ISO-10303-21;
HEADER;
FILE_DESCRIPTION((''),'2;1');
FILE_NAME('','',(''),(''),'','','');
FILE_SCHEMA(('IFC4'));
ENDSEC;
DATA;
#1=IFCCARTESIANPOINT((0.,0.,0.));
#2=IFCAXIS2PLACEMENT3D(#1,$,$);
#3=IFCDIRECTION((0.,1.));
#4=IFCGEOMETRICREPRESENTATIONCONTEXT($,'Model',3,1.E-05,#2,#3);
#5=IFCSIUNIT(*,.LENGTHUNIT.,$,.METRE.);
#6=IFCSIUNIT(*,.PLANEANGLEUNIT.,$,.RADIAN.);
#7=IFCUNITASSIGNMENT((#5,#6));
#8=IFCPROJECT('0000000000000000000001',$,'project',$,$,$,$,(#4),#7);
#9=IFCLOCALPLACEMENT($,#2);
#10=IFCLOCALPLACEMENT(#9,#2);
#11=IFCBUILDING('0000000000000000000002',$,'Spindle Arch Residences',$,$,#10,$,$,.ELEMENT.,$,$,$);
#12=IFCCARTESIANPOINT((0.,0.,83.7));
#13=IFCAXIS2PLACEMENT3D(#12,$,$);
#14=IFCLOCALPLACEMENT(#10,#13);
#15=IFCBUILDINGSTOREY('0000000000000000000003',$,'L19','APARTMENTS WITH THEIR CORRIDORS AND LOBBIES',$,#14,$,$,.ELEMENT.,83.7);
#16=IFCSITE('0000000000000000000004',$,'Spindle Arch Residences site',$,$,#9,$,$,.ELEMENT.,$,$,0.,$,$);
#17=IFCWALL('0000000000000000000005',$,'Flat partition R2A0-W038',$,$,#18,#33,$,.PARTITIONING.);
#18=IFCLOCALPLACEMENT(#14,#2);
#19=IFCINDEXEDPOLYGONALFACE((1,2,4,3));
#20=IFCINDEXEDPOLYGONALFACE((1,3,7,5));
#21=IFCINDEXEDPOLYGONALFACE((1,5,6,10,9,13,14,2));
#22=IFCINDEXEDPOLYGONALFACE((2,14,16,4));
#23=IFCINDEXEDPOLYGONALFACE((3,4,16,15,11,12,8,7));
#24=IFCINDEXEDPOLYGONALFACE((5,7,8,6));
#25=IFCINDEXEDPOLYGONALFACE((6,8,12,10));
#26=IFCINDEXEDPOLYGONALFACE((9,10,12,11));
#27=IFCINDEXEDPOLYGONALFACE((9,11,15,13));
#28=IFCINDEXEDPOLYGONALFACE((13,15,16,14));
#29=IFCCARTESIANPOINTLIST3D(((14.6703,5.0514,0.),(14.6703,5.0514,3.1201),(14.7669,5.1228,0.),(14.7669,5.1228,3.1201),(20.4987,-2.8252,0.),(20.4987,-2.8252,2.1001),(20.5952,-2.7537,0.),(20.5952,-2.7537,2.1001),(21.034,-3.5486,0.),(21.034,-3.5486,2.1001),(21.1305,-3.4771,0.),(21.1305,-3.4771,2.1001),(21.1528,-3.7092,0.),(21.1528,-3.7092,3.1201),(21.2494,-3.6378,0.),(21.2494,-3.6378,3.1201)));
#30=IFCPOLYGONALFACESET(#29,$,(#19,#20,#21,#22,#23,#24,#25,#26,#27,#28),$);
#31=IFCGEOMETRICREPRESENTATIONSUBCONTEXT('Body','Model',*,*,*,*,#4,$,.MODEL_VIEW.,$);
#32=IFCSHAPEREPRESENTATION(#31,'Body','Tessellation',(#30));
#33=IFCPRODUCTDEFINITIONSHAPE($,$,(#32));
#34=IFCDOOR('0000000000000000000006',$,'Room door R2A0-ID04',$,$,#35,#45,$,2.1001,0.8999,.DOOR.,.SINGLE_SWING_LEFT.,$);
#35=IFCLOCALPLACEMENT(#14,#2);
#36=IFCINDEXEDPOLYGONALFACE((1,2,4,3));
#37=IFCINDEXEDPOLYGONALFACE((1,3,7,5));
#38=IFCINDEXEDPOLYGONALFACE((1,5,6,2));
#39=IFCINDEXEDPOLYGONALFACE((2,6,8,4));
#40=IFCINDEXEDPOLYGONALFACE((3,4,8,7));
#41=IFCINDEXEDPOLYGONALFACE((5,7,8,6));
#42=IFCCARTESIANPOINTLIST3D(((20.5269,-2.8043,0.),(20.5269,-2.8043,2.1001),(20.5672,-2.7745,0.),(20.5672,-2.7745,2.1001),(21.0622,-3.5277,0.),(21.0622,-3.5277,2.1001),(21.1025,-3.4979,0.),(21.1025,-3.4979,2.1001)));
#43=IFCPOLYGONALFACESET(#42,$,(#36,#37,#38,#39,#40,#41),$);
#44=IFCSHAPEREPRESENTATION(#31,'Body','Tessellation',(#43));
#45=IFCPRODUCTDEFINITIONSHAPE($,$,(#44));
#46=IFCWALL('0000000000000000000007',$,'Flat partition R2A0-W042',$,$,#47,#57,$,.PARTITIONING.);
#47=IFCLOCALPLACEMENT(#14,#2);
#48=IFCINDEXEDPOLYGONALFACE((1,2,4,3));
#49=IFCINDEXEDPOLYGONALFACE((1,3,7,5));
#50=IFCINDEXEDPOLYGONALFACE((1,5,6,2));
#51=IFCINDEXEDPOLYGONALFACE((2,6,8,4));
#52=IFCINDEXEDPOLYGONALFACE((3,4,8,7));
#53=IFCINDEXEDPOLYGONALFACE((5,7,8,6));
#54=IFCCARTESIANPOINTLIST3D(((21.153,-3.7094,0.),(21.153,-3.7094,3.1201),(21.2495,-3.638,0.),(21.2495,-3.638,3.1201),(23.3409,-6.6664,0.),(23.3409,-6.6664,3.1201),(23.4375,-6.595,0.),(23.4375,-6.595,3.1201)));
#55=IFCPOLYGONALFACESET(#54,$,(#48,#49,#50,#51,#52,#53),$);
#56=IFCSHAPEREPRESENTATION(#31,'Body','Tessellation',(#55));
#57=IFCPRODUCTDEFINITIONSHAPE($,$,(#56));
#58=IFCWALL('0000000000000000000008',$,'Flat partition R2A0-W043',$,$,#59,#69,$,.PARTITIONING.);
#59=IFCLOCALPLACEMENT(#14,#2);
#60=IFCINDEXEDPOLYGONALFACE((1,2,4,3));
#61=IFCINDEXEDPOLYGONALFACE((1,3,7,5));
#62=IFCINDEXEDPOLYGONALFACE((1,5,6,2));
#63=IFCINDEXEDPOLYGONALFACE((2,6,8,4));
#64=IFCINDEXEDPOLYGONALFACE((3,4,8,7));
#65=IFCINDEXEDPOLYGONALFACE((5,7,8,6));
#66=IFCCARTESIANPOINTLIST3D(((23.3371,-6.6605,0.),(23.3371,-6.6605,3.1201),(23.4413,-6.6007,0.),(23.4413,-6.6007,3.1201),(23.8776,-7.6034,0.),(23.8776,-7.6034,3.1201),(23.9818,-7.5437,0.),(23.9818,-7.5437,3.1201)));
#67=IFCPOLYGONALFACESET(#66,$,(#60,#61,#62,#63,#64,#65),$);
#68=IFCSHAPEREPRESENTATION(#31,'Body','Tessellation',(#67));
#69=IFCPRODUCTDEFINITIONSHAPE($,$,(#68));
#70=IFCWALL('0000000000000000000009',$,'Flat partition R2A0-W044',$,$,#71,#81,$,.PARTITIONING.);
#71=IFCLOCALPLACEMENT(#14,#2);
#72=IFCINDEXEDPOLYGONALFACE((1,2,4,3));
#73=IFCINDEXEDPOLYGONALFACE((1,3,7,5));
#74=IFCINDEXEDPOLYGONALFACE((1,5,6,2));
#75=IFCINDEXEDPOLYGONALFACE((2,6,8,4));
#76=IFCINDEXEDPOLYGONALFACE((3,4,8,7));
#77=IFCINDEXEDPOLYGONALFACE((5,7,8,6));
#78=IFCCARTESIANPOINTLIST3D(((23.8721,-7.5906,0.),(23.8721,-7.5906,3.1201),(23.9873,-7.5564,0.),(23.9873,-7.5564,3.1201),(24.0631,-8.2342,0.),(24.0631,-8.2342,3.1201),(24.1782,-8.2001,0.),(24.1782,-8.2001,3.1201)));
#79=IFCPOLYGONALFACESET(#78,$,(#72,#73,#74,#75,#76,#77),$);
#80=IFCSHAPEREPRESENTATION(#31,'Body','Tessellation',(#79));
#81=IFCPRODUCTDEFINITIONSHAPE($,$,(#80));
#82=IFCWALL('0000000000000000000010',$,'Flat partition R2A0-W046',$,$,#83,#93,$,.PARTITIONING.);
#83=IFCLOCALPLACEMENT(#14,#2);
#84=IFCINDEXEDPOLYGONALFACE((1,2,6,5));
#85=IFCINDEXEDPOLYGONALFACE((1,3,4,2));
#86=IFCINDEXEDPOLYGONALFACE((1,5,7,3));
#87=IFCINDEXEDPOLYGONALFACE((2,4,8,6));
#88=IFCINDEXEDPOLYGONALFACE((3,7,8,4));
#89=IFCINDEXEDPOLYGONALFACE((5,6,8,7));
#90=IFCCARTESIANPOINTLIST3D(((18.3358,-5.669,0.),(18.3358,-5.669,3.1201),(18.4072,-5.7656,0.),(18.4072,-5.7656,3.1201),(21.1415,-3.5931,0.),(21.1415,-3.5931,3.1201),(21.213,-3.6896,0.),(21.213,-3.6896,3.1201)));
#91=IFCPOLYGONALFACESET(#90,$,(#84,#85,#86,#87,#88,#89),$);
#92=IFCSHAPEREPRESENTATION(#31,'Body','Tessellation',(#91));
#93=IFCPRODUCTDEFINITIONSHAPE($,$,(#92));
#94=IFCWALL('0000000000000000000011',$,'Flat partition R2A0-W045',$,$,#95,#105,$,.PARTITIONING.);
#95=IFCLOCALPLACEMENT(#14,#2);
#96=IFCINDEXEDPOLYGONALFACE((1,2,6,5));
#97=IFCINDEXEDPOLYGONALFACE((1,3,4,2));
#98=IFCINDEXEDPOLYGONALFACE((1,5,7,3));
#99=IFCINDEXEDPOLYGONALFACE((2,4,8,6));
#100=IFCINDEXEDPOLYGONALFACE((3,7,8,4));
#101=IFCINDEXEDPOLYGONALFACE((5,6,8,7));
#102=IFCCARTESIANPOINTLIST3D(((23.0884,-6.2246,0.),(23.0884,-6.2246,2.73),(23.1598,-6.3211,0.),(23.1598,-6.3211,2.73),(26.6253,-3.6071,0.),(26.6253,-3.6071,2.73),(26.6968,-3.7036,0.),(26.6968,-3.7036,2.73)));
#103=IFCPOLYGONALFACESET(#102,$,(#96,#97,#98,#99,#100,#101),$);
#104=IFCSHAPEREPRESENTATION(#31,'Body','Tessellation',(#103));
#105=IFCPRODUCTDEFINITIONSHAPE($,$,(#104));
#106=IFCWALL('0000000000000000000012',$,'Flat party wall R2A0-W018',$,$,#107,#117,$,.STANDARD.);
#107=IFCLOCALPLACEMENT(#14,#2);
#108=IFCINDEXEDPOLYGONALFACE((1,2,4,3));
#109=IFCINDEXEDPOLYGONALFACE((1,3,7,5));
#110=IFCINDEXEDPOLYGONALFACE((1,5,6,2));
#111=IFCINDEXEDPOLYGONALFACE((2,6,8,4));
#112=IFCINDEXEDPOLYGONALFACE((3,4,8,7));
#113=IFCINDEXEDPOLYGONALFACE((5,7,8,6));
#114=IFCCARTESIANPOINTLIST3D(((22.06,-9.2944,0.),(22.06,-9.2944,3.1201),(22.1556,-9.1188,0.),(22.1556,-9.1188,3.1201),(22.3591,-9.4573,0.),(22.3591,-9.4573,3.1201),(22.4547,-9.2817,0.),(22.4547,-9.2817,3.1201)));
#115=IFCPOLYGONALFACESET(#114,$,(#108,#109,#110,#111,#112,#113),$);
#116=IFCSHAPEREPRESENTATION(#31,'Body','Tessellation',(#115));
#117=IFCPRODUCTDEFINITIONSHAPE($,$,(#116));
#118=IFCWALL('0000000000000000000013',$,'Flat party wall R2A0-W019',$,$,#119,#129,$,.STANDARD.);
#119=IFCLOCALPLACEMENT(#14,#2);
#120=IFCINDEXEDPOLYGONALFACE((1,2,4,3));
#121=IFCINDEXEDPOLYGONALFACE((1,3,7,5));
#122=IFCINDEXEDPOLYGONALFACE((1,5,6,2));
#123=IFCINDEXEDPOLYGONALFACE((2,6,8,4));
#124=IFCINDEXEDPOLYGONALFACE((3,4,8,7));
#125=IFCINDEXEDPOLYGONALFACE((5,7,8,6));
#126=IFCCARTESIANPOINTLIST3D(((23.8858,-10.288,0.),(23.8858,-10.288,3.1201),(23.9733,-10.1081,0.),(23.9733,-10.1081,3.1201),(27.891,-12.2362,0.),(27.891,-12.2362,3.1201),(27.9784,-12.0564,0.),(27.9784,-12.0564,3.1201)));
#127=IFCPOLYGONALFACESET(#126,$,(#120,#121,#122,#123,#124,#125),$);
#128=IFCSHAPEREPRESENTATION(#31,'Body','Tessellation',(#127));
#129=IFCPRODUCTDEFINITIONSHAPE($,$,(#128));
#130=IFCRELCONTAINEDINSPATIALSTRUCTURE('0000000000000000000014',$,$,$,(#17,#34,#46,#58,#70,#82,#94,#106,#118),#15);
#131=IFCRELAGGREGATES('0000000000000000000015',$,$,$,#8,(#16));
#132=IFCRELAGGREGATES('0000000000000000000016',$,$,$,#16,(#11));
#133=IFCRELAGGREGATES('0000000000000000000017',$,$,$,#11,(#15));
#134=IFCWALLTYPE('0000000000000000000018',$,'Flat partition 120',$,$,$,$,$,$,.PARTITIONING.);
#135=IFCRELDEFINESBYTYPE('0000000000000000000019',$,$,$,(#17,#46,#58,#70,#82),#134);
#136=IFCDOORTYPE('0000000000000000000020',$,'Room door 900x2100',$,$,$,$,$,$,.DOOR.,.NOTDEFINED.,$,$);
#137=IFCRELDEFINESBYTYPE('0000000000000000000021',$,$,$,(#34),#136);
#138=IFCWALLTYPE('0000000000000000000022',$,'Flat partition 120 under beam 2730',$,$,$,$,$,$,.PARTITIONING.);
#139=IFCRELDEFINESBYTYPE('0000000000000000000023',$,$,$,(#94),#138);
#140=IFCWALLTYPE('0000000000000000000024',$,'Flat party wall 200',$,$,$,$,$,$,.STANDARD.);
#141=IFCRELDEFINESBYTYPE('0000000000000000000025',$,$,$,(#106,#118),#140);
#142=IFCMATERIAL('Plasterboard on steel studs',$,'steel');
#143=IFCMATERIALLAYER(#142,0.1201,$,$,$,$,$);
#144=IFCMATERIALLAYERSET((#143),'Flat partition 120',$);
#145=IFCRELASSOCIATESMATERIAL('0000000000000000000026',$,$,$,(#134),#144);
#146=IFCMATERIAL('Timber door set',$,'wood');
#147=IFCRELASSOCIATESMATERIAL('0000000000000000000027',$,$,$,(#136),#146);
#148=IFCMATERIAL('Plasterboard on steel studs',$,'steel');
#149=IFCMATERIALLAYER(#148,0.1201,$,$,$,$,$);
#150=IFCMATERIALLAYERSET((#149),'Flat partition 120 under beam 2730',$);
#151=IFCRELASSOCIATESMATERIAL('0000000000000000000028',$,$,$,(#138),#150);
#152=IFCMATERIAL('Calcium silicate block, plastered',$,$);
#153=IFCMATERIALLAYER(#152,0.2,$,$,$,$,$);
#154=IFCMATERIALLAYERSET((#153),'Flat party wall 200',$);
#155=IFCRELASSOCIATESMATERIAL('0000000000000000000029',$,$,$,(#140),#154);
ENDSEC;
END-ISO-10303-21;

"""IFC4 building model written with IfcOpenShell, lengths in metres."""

from ifc_helpers import new_model, si_unit, direction, frame, frame_2d, origin, place, context, subcontext, project, spatial, rectangle, extrude, material, layer, layer_set, type_object, element, fill, save


model = new_model("IFC4")

# Units and contexts
model_context = context("Model", 3, precision=1e-05, world=origin(), true_north=direction((0.0, 1.0)))
body_context = subcontext(model_context, "Body", "Model", "MODEL_VIEW")
ifc_project = project(units=[si_unit("LENGTHUNIT", "METRE"), si_unit("PLANEANGLEUNIT", "RADIAN")], contexts=[model_context])

# Site, building, storey
site_placement = place(None, origin())
site = spatial("IfcSite", under=ifc_project, at=site_placement, Name="Spindle Arch Residences site", CompositionType="ELEMENT", RefElevation=0.0)
building_placement = place(site_placement, origin())
building = spatial("IfcBuilding", under=site, at=building_placement, Name="Spindle Arch Residences", CompositionType="ELEMENT")
storey_placement = place(building_placement, frame((0.0, 0.0, 83.7)))
storey = spatial("IfcBuildingStorey", under=building, at=storey_placement, Name="L19", Description="APARTMENTS WITH THEIR CORRIDORS AND LOBBIES", CompositionType="ELEMENT", Elevation=83.7)

# Shared definitions
ifc_material_1 = material(Name="Plasterboard on steel studs", Category="steel")
ifc_layer_1 = layer(ifc_material_1, 0.1201)
ifc_layer_set_1 = layer_set([ifc_layer_1], Name="Flat partition 120")
wall_type_1 = type_object("IfcWallType", Name="Flat partition 120", PredefinedType="PARTITIONING", material=ifc_layer_set_1)
ifc_material_2 = material(Name="Timber door set", Category="wood")
door_type_1 = type_object("IfcDoorType", Name="Room door 900x2100", OperationType="NOTDEFINED", PredefinedType="DOOR", material=ifc_material_2)

# Wall, opening, door
wall_1_placement = place(storey_placement, frame((21.2012, -3.6736, 0.0), z_axis=(0.0, 0.0, 1.0), x_axis=(-0.594822, 0.803857, 0.0)))
wall_1 = element("IfcWall", 1, at=wall_1_placement, inside=storey, type_object=wall_type_1, Name="Flat partition R2A0-W038", PredefinedType="PARTITIONING", context=body_context, shape_type="SweptSolid", body=[
    extrude(rectangle(XDim=10.8982, YDim=0.1201, at=frame_2d((5.4492, 0.0))), origin(), (0.0, 0.0, 1.0), 3.1201),
])
opening_1_placement = place(wall_1_placement, frame((0.2, 0.0, 0.0)))
opening_1 = element("IfcOpeningElement", 2, at=opening_1_placement, cuts=wall_1, PredefinedType="OPENING", context=body_context, shape_type="SweptSolid", body=[
    extrude(rectangle(XDim=0.8999, YDim=2.1001, at=frame_2d((0.45, 1.05))), frame((0.0, 0.0701, 0.0), z_axis=(0.0, -1.0, 0.0), x_axis=(1.0, 0.0, 0.0)), (0.0, 0.0, 1.0), 0.1401),
])
door_1_placement = place(opening_1_placement, origin())
door_1 = element("IfcDoor", 3, at=door_1_placement, inside=storey, type_object=door_type_1, Name="Room door R2A0-ID04", OperationType="SINGLE_SWING_LEFT", OverallHeight=2.1001, OverallWidth=0.8999, PredefinedType="DOOR", context=body_context, shape_type="SweptSolid", body=[
    extrude(rectangle(XDim=0.8999, YDim=2.1001, at=frame_2d((0.45, 1.05))), frame((0.0, 0.0249, 0.0), z_axis=(0.0, -1.0, 0.0), x_axis=(1.0, 0.0, 0.0)), (0.0, 0.0, 1.0), 0.05),
])
fill(opening_1, door_1)

# Walls
wall_2_placement = place(storey_placement, frame((21.2012, -3.6736, 0.0), z_axis=(0.0, 0.0, 1.0), x_axis=(0.594805, -0.80387, 0.0)))
element("IfcWall", 4, at=wall_2_placement, inside=storey, type_object=wall_type_1, Name="Flat partition R2A0-W042", PredefinedType="PARTITIONING", context=body_context, shape_type="SweptSolid", body=[
    extrude(rectangle(XDim=3.6785, YDim=0.1201, at=frame_2d((1.8394, 0.0))), origin(), (0.0, 0.0, 1.0), 3.1201),
])
wall_3_placement = place(storey_placement, frame((23.3892, -6.6306, 0.0), z_axis=(0.0, 0.0, 1.0), x_axis=(0.497348, -0.867551, 0.0)))
element("IfcWall", 5, at=wall_3_placement, inside=storey, type_object=wall_type_1, Name="Flat partition R2A0-W043", PredefinedType="PARTITIONING", context=body_context, shape_type="SweptSolid", body=[
    extrude(rectangle(XDim=1.0869, YDim=0.1201, at=frame_2d((0.5435, 0.0))), origin(), (0.0, 0.0, 1.0), 3.1201),
])
wall_4_placement = place(storey_placement, frame((23.9297, -7.5735, 0.0), z_axis=(0.0, 0.0, 1.0), x_axis=(0.28441, -0.958703, 0.0)))
element("IfcWall", 6, at=wall_4_placement, inside=storey, type_object=wall_type_1, Name="Flat partition R2A0-W044", PredefinedType="PARTITIONING", context=body_context, shape_type="SweptSolid", body=[
    extrude(rectangle(XDim=0.6714, YDim=0.1201, at=frame_2d((0.3357, 0.0))), origin(), (0.0, 0.0, 1.0), 3.1201),
])
wall_5_placement = place(storey_placement, frame((21.1772, -3.6414, 0.0), z_axis=(0.0, 0.0, 1.0), x_axis=(-0.803878, -0.594794, 0.0)))
element("IfcWall", 7, at=wall_5_placement, inside=storey, type_object=wall_type_1, Name="Flat partition R2A0-W046", PredefinedType="PARTITIONING", context=body_context, shape_type="SweptSolid", body=[
    extrude(rectangle(XDim=3.4902, YDim=0.1201, at=frame_2d((1.7451, 0.0))), origin(), (0.0, 0.0, 1.0), 3.1201),
])
ifc_material_3 = material(Name="Plasterboard on steel studs", Category="steel")
ifc_layer_2 = layer(ifc_material_3, 0.1201)
ifc_layer_set_2 = layer_set([ifc_layer_2], Name="Flat partition 120 under beam 2730")
wall_type_2 = type_object("IfcWallType", Name="Flat partition 120 under beam 2730", PredefinedType="PARTITIONING", material=ifc_layer_set_2)
wall_6_placement = place(storey_placement, frame((26.6611, -3.6553, 0.0), z_axis=(0.0, 0.0, 1.0), x_axis=(-0.803825, -0.594865, 0.0)))
element("IfcWall", 8, at=wall_6_placement, inside=storey, type_object=wall_type_2, Name="Flat partition R2A0-W045", PredefinedType="PARTITIONING", context=body_context, shape_type="SweptSolid", body=[
    extrude(rectangle(XDim=4.4001, YDim=0.1201, at=frame_2d((2.2002, 0.0))), origin(), (0.0, 0.0, 1.0), 2.73),
])
ifc_material_4 = material(Name="Calcium silicate block, plastered")
ifc_layer_3 = layer(ifc_material_4, 0.2)
ifc_layer_set_3 = layer_set([ifc_layer_3], Name="Flat party wall 200")
wall_type_3 = type_object("IfcWallType", Name="Flat party wall 200", PredefinedType="STANDARD", material=ifc_layer_set_3)
wall_7_placement = place(storey_placement, frame((22.1077, -9.2065, 0.0), z_axis=(0.0, 0.0, 1.0), x_axis=(0.878252, -0.478199, 0.0)))
element("IfcWall", 9, at=wall_7_placement, inside=storey, type_object=wall_type_3, Name="Flat party wall R2A0-W018", PredefinedType="STANDARD", context=body_context, shape_type="SweptSolid", body=[
    extrude(rectangle(XDim=0.3406, YDim=0.2, at=frame_2d((0.1704, 0.0))), origin(), (0.0, 0.0, 1.0), 3.1201),
])
wall_8_placement = place(storey_placement, frame((23.9294, -10.198, 0.0), z_axis=(0.0, 0.0, 1.0), x_axis=(0.899253, -0.43743, 0.0)))
element("IfcWall", 10, at=wall_8_placement, inside=storey, type_object=wall_type_3, Name="Flat party wall R2A0-W019", PredefinedType="STANDARD", context=body_context, shape_type="SweptSolid", body=[
    extrude(rectangle(XDim=4.4539, YDim=0.2, at=frame_2d((2.2271, 0.0))), origin(), (0.0, 0.0, 1.0), 3.1201),
])

save(model, "model.ifc")
